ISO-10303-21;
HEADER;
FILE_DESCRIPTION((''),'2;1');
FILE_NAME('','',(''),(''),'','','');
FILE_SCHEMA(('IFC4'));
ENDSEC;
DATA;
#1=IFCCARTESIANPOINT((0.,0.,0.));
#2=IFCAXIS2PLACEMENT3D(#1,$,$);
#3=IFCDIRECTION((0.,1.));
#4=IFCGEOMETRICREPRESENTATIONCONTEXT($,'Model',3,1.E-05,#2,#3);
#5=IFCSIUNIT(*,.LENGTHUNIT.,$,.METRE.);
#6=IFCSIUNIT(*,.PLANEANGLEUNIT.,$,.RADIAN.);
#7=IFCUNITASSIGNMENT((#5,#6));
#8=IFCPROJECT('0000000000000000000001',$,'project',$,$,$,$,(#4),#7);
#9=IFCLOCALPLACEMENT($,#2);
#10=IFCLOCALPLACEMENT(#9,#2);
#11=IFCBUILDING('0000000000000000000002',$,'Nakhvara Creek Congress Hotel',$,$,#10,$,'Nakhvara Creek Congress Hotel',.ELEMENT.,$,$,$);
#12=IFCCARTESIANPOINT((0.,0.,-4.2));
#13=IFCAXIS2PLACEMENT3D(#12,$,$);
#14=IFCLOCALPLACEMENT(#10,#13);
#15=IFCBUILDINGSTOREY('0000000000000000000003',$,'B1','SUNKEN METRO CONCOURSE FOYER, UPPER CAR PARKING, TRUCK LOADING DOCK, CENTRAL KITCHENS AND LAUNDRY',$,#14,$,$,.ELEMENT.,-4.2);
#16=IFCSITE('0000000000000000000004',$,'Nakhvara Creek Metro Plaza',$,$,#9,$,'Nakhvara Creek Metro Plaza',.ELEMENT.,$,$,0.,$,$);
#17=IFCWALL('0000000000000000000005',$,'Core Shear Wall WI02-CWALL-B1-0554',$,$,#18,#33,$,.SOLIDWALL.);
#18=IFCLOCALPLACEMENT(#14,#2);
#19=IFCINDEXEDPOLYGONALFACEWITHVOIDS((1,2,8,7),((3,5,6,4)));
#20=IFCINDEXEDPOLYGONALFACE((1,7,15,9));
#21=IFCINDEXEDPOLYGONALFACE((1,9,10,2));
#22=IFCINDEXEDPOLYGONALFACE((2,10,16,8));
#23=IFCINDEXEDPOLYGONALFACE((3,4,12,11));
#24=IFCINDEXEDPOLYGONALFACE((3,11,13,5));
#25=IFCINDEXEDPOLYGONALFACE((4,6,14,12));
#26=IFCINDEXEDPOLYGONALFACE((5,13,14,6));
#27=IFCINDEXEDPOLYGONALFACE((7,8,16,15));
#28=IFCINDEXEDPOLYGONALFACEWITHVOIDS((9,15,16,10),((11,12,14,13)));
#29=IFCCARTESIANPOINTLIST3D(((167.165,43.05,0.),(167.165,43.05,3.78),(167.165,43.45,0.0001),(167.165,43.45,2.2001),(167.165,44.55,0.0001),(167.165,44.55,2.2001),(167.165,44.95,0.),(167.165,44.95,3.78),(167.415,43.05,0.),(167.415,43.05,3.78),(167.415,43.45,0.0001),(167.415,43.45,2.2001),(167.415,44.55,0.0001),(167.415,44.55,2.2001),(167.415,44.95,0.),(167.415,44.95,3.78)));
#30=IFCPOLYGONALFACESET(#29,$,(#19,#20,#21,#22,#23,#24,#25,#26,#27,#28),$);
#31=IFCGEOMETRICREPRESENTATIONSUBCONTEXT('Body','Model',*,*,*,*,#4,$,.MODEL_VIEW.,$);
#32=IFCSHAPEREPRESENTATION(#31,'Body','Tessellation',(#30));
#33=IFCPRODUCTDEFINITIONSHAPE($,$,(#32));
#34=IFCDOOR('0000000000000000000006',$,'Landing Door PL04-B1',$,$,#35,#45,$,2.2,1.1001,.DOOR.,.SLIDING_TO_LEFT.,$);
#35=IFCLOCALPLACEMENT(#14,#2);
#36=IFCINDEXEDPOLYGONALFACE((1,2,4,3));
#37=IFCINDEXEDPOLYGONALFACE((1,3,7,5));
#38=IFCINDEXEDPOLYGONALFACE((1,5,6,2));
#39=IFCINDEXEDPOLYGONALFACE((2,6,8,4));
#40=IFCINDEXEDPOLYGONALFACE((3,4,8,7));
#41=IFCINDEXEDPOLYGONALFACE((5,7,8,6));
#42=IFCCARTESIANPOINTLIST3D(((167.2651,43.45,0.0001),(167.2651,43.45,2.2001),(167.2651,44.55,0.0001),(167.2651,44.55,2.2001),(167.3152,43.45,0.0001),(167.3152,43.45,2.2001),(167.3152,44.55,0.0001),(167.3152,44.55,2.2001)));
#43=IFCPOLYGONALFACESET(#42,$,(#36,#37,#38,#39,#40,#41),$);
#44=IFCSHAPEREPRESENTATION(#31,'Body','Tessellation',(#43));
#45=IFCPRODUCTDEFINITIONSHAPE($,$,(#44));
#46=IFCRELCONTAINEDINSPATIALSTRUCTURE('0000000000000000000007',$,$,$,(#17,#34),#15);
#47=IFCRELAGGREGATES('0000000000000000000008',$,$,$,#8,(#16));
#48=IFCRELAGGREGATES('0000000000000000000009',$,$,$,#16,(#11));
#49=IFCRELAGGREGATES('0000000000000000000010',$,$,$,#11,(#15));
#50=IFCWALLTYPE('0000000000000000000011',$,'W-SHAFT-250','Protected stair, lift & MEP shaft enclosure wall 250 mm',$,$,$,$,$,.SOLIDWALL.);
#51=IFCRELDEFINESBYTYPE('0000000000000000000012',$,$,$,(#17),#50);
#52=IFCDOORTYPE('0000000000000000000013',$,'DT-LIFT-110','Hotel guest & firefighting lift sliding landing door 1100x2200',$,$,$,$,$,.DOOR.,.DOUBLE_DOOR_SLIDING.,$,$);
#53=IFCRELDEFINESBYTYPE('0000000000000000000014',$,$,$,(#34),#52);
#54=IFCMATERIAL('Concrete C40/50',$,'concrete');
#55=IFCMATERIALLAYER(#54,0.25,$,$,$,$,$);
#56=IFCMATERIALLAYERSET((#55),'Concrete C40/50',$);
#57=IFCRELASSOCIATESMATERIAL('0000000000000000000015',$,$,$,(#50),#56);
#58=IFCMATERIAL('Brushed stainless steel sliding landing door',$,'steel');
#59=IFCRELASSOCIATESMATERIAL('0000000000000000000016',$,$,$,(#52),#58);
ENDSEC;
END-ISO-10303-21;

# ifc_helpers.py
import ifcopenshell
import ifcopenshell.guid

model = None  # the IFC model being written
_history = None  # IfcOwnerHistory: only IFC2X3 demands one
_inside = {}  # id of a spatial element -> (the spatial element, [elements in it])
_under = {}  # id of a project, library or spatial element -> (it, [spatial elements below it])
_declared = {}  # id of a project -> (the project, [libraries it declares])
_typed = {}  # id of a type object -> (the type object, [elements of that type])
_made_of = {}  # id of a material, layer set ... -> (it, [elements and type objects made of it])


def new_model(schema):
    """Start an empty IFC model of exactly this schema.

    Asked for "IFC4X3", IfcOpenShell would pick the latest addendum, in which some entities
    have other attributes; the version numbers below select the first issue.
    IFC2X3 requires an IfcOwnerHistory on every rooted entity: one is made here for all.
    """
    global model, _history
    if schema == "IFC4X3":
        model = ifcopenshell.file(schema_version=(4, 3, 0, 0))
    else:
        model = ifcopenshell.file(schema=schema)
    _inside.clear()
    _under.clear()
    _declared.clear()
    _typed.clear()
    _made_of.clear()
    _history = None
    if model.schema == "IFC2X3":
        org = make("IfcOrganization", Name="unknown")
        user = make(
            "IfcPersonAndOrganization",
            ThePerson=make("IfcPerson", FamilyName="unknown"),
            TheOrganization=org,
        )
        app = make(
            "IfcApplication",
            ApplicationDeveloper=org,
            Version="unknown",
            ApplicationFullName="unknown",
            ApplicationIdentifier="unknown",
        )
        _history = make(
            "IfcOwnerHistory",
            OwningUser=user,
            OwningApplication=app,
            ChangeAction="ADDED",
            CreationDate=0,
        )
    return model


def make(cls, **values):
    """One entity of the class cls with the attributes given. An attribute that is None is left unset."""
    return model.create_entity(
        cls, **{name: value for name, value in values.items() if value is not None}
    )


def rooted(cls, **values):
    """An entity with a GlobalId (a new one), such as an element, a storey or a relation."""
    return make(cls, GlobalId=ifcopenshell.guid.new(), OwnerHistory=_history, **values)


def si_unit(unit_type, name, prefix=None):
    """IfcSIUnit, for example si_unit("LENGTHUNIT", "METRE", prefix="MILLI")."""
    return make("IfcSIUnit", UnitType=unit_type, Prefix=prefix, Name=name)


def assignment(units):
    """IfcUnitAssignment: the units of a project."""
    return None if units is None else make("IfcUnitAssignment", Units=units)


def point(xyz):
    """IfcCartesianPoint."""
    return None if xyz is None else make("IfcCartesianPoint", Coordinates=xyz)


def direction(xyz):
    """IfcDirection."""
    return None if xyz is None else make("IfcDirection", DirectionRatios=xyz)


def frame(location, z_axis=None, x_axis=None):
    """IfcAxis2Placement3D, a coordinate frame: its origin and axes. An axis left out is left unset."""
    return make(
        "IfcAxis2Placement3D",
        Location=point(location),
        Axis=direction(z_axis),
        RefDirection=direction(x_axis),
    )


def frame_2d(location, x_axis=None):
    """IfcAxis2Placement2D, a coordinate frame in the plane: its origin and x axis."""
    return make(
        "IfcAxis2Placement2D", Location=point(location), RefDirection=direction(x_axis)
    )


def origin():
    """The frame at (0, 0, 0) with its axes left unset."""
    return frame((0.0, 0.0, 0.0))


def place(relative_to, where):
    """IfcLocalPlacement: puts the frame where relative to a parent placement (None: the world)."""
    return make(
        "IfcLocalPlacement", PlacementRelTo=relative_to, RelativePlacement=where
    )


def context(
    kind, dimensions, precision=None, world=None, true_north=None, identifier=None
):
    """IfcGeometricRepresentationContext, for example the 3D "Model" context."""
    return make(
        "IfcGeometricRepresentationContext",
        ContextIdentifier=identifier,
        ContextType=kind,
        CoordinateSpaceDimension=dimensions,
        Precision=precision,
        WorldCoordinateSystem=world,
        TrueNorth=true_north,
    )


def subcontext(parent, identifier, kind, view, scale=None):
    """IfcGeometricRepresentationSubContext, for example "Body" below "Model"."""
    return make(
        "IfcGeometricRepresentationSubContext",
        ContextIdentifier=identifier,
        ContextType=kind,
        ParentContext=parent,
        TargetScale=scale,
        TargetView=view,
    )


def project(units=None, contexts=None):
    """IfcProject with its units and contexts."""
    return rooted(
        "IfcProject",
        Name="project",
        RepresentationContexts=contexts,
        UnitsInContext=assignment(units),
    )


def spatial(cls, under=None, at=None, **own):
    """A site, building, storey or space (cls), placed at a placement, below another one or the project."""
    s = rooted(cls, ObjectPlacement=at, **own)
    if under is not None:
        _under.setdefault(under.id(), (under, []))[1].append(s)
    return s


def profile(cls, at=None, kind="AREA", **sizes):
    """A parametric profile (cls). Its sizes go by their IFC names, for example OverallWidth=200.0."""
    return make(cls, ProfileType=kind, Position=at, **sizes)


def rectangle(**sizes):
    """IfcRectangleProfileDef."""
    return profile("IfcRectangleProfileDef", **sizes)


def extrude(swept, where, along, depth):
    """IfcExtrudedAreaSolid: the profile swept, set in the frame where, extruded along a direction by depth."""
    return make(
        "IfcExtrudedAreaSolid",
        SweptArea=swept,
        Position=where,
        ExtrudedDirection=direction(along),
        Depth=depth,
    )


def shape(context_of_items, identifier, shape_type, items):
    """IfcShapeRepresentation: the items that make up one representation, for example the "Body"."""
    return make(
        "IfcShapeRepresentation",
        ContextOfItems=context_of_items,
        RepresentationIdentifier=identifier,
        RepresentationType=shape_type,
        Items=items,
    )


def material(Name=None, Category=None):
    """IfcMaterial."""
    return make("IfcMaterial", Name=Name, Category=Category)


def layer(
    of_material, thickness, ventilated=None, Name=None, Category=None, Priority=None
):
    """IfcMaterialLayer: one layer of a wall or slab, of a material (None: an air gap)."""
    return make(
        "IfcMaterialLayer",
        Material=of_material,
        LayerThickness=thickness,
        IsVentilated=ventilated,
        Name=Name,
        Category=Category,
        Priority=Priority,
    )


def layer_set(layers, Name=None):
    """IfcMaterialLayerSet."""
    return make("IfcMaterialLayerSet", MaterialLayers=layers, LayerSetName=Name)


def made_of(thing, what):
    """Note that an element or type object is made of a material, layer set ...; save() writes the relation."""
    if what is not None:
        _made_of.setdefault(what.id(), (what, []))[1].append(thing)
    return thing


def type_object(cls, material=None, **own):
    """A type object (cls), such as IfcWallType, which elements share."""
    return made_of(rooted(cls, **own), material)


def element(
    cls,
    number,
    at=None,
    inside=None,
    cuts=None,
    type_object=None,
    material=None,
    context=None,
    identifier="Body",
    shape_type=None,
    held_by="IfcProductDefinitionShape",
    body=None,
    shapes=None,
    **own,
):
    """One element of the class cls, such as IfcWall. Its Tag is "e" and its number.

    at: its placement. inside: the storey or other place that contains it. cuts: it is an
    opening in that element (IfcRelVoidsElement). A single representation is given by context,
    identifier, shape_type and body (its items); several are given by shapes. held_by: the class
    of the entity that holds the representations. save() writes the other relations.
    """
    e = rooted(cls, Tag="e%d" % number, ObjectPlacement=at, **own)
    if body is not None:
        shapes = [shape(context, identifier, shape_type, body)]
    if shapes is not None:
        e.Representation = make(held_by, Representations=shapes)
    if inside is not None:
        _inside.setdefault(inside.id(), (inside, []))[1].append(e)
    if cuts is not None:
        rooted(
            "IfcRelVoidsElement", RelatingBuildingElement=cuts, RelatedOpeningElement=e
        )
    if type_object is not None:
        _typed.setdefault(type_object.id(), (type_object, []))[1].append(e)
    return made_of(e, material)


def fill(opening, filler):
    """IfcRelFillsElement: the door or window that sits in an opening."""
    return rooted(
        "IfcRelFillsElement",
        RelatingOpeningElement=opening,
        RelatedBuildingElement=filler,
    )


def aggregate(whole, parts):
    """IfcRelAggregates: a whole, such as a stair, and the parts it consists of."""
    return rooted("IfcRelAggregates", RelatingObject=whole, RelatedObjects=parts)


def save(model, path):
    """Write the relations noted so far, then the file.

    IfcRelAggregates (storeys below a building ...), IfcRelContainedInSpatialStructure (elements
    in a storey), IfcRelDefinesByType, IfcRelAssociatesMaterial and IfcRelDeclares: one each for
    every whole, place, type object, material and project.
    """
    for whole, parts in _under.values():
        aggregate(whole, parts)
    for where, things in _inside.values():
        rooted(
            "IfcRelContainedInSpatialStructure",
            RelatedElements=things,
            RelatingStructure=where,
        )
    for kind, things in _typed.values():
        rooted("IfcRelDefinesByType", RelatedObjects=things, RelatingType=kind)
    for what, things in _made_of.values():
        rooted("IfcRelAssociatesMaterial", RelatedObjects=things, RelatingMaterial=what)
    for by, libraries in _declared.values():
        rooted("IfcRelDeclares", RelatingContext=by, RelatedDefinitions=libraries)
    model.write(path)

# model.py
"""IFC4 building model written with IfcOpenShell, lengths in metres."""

from ifc_helpers import new_model, si_unit, direction, frame, frame_2d, origin, place, context, subcontext, project, spatial, rectangle, extrude, material, layer, layer_set, type_object, element, fill, save


model = new_model("IFC4")

# Units and contexts
model_context = context("Model", 3, precision=1e-05, world=origin(), true_north=direction((0.0, 1.0)))
body_context = subcontext(model_context, "Body", "Model", "MODEL_VIEW")
ifc_project = project(units=[si_unit("LENGTHUNIT", "METRE"), si_unit("PLANEANGLEUNIT", "RADIAN")], contexts=[model_context])

# Site, building, storey
site_placement = place(None, origin())
site = spatial("IfcSite", under=ifc_project, at=site_placement, Name="Nakhvara Creek Metro Plaza", LongName="Nakhvara Creek Metro Plaza", CompositionType="ELEMENT", RefElevation=0.0)
building_placement = place(site_placement, origin())
building = spatial("IfcBuilding", under=site, at=building_placement, Name="Nakhvara Creek Congress Hotel", LongName="Nakhvara Creek Congress Hotel", CompositionType="ELEMENT")
storey_placement = place(building_placement, frame((0.0, 0.0, -4.2)))
storey = spatial("IfcBuildingStorey", under=building, at=storey_placement, Name="B1", Description="SUNKEN METRO CONCOURSE FOYER, UPPER CAR PARKING, TRUCK LOADING DOCK, CENTRAL KITCHENS AND LAUNDRY", CompositionType="ELEMENT", Elevation=-4.2)

# Shared definitions
ifc_material_1 = material(Name="Concrete C40/50", Category="concrete")
ifc_layer_1 = layer(ifc_material_1, 0.25)
ifc_layer_set_1 = layer_set([ifc_layer_1], Name="Concrete C40/50")
wall_type_1 = type_object("IfcWallType", Name="W-SHAFT-250", Description="Protected stair, lift & MEP shaft enclosure wall 250 mm", PredefinedType="SOLIDWALL", material=ifc_layer_set_1)

# Shared definitions
ifc_material_2 = material(Name="Brushed stainless steel sliding landing door", Category="steel")
door_type = type_object("IfcDoorType", Name="DT-LIFT-110", Description="Hotel guest & firefighting lift sliding landing door 1100x2200", OperationType="DOUBLE_DOOR_SLIDING", PredefinedType="DOOR", material=ifc_material_2)

# Wall, opening, door
wall_1_placement = place(storey_placement, frame((167.29, 43.05, 0.0), z_axis=(0.0, 0.0, 1.0), x_axis=(0.0, 1.0, 0.0)))
wall_1 = element("IfcWall", 1, at=wall_1_placement, inside=storey, type_object=wall_type_1, Name="Core Shear Wall WI02-CWALL-B1-0554", PredefinedType="SOLIDWALL", context=body_context, shape_type="SweptSolid", body=[
    extrude(rectangle(XDim=1.8999, YDim=0.25, at=frame_2d((0.95, 0.0))), origin(), (0.0, 0.0, 1.0), 3.78),
])
opening_1_placement = place(wall_1_placement, frame((0.3999, 0.0, 0.0)))
opening_1 = element("IfcOpeningElement", 2, at=opening_1_placement, cuts=wall_1, PredefinedType="OPENING", context=body_context, shape_type="SweptSolid", body=[
    extrude(rectangle(XDim=1.1001, YDim=2.2, at=frame_2d((0.55, 1.1001))), frame((0.0, 0.137, 0.0), z_axis=(0.0, -1.0, 0.0), x_axis=(1.0, 0.0, 0.0)), (0.0, 0.0, 1.0), 0.2739),
])
door_1_placement = place(opening_1_placement, origin())
door_1 = element("IfcDoor", 3, at=door_1_placement, inside=storey, type_object=door_type, Name="Landing Door PL04-B1", OperationType="SLIDING_TO_LEFT", OverallHeight=2.2, OverallWidth=1.1001, PredefinedType="DOOR", context=body_context, shape_type="SweptSolid", body=[
    extrude(rectangle(XDim=1.1001, YDim=2.2, at=frame_2d((0.55, 1.1001))), frame((0.0, 0.0249, 0.0), z_axis=(0.0, -1.0, 0.0), x_axis=(1.0, 0.0, 0.0)), (0.0, 0.0, 1.0), 0.05),
])
fill(opening_1, door_1)

save(model, "model.ifc")
